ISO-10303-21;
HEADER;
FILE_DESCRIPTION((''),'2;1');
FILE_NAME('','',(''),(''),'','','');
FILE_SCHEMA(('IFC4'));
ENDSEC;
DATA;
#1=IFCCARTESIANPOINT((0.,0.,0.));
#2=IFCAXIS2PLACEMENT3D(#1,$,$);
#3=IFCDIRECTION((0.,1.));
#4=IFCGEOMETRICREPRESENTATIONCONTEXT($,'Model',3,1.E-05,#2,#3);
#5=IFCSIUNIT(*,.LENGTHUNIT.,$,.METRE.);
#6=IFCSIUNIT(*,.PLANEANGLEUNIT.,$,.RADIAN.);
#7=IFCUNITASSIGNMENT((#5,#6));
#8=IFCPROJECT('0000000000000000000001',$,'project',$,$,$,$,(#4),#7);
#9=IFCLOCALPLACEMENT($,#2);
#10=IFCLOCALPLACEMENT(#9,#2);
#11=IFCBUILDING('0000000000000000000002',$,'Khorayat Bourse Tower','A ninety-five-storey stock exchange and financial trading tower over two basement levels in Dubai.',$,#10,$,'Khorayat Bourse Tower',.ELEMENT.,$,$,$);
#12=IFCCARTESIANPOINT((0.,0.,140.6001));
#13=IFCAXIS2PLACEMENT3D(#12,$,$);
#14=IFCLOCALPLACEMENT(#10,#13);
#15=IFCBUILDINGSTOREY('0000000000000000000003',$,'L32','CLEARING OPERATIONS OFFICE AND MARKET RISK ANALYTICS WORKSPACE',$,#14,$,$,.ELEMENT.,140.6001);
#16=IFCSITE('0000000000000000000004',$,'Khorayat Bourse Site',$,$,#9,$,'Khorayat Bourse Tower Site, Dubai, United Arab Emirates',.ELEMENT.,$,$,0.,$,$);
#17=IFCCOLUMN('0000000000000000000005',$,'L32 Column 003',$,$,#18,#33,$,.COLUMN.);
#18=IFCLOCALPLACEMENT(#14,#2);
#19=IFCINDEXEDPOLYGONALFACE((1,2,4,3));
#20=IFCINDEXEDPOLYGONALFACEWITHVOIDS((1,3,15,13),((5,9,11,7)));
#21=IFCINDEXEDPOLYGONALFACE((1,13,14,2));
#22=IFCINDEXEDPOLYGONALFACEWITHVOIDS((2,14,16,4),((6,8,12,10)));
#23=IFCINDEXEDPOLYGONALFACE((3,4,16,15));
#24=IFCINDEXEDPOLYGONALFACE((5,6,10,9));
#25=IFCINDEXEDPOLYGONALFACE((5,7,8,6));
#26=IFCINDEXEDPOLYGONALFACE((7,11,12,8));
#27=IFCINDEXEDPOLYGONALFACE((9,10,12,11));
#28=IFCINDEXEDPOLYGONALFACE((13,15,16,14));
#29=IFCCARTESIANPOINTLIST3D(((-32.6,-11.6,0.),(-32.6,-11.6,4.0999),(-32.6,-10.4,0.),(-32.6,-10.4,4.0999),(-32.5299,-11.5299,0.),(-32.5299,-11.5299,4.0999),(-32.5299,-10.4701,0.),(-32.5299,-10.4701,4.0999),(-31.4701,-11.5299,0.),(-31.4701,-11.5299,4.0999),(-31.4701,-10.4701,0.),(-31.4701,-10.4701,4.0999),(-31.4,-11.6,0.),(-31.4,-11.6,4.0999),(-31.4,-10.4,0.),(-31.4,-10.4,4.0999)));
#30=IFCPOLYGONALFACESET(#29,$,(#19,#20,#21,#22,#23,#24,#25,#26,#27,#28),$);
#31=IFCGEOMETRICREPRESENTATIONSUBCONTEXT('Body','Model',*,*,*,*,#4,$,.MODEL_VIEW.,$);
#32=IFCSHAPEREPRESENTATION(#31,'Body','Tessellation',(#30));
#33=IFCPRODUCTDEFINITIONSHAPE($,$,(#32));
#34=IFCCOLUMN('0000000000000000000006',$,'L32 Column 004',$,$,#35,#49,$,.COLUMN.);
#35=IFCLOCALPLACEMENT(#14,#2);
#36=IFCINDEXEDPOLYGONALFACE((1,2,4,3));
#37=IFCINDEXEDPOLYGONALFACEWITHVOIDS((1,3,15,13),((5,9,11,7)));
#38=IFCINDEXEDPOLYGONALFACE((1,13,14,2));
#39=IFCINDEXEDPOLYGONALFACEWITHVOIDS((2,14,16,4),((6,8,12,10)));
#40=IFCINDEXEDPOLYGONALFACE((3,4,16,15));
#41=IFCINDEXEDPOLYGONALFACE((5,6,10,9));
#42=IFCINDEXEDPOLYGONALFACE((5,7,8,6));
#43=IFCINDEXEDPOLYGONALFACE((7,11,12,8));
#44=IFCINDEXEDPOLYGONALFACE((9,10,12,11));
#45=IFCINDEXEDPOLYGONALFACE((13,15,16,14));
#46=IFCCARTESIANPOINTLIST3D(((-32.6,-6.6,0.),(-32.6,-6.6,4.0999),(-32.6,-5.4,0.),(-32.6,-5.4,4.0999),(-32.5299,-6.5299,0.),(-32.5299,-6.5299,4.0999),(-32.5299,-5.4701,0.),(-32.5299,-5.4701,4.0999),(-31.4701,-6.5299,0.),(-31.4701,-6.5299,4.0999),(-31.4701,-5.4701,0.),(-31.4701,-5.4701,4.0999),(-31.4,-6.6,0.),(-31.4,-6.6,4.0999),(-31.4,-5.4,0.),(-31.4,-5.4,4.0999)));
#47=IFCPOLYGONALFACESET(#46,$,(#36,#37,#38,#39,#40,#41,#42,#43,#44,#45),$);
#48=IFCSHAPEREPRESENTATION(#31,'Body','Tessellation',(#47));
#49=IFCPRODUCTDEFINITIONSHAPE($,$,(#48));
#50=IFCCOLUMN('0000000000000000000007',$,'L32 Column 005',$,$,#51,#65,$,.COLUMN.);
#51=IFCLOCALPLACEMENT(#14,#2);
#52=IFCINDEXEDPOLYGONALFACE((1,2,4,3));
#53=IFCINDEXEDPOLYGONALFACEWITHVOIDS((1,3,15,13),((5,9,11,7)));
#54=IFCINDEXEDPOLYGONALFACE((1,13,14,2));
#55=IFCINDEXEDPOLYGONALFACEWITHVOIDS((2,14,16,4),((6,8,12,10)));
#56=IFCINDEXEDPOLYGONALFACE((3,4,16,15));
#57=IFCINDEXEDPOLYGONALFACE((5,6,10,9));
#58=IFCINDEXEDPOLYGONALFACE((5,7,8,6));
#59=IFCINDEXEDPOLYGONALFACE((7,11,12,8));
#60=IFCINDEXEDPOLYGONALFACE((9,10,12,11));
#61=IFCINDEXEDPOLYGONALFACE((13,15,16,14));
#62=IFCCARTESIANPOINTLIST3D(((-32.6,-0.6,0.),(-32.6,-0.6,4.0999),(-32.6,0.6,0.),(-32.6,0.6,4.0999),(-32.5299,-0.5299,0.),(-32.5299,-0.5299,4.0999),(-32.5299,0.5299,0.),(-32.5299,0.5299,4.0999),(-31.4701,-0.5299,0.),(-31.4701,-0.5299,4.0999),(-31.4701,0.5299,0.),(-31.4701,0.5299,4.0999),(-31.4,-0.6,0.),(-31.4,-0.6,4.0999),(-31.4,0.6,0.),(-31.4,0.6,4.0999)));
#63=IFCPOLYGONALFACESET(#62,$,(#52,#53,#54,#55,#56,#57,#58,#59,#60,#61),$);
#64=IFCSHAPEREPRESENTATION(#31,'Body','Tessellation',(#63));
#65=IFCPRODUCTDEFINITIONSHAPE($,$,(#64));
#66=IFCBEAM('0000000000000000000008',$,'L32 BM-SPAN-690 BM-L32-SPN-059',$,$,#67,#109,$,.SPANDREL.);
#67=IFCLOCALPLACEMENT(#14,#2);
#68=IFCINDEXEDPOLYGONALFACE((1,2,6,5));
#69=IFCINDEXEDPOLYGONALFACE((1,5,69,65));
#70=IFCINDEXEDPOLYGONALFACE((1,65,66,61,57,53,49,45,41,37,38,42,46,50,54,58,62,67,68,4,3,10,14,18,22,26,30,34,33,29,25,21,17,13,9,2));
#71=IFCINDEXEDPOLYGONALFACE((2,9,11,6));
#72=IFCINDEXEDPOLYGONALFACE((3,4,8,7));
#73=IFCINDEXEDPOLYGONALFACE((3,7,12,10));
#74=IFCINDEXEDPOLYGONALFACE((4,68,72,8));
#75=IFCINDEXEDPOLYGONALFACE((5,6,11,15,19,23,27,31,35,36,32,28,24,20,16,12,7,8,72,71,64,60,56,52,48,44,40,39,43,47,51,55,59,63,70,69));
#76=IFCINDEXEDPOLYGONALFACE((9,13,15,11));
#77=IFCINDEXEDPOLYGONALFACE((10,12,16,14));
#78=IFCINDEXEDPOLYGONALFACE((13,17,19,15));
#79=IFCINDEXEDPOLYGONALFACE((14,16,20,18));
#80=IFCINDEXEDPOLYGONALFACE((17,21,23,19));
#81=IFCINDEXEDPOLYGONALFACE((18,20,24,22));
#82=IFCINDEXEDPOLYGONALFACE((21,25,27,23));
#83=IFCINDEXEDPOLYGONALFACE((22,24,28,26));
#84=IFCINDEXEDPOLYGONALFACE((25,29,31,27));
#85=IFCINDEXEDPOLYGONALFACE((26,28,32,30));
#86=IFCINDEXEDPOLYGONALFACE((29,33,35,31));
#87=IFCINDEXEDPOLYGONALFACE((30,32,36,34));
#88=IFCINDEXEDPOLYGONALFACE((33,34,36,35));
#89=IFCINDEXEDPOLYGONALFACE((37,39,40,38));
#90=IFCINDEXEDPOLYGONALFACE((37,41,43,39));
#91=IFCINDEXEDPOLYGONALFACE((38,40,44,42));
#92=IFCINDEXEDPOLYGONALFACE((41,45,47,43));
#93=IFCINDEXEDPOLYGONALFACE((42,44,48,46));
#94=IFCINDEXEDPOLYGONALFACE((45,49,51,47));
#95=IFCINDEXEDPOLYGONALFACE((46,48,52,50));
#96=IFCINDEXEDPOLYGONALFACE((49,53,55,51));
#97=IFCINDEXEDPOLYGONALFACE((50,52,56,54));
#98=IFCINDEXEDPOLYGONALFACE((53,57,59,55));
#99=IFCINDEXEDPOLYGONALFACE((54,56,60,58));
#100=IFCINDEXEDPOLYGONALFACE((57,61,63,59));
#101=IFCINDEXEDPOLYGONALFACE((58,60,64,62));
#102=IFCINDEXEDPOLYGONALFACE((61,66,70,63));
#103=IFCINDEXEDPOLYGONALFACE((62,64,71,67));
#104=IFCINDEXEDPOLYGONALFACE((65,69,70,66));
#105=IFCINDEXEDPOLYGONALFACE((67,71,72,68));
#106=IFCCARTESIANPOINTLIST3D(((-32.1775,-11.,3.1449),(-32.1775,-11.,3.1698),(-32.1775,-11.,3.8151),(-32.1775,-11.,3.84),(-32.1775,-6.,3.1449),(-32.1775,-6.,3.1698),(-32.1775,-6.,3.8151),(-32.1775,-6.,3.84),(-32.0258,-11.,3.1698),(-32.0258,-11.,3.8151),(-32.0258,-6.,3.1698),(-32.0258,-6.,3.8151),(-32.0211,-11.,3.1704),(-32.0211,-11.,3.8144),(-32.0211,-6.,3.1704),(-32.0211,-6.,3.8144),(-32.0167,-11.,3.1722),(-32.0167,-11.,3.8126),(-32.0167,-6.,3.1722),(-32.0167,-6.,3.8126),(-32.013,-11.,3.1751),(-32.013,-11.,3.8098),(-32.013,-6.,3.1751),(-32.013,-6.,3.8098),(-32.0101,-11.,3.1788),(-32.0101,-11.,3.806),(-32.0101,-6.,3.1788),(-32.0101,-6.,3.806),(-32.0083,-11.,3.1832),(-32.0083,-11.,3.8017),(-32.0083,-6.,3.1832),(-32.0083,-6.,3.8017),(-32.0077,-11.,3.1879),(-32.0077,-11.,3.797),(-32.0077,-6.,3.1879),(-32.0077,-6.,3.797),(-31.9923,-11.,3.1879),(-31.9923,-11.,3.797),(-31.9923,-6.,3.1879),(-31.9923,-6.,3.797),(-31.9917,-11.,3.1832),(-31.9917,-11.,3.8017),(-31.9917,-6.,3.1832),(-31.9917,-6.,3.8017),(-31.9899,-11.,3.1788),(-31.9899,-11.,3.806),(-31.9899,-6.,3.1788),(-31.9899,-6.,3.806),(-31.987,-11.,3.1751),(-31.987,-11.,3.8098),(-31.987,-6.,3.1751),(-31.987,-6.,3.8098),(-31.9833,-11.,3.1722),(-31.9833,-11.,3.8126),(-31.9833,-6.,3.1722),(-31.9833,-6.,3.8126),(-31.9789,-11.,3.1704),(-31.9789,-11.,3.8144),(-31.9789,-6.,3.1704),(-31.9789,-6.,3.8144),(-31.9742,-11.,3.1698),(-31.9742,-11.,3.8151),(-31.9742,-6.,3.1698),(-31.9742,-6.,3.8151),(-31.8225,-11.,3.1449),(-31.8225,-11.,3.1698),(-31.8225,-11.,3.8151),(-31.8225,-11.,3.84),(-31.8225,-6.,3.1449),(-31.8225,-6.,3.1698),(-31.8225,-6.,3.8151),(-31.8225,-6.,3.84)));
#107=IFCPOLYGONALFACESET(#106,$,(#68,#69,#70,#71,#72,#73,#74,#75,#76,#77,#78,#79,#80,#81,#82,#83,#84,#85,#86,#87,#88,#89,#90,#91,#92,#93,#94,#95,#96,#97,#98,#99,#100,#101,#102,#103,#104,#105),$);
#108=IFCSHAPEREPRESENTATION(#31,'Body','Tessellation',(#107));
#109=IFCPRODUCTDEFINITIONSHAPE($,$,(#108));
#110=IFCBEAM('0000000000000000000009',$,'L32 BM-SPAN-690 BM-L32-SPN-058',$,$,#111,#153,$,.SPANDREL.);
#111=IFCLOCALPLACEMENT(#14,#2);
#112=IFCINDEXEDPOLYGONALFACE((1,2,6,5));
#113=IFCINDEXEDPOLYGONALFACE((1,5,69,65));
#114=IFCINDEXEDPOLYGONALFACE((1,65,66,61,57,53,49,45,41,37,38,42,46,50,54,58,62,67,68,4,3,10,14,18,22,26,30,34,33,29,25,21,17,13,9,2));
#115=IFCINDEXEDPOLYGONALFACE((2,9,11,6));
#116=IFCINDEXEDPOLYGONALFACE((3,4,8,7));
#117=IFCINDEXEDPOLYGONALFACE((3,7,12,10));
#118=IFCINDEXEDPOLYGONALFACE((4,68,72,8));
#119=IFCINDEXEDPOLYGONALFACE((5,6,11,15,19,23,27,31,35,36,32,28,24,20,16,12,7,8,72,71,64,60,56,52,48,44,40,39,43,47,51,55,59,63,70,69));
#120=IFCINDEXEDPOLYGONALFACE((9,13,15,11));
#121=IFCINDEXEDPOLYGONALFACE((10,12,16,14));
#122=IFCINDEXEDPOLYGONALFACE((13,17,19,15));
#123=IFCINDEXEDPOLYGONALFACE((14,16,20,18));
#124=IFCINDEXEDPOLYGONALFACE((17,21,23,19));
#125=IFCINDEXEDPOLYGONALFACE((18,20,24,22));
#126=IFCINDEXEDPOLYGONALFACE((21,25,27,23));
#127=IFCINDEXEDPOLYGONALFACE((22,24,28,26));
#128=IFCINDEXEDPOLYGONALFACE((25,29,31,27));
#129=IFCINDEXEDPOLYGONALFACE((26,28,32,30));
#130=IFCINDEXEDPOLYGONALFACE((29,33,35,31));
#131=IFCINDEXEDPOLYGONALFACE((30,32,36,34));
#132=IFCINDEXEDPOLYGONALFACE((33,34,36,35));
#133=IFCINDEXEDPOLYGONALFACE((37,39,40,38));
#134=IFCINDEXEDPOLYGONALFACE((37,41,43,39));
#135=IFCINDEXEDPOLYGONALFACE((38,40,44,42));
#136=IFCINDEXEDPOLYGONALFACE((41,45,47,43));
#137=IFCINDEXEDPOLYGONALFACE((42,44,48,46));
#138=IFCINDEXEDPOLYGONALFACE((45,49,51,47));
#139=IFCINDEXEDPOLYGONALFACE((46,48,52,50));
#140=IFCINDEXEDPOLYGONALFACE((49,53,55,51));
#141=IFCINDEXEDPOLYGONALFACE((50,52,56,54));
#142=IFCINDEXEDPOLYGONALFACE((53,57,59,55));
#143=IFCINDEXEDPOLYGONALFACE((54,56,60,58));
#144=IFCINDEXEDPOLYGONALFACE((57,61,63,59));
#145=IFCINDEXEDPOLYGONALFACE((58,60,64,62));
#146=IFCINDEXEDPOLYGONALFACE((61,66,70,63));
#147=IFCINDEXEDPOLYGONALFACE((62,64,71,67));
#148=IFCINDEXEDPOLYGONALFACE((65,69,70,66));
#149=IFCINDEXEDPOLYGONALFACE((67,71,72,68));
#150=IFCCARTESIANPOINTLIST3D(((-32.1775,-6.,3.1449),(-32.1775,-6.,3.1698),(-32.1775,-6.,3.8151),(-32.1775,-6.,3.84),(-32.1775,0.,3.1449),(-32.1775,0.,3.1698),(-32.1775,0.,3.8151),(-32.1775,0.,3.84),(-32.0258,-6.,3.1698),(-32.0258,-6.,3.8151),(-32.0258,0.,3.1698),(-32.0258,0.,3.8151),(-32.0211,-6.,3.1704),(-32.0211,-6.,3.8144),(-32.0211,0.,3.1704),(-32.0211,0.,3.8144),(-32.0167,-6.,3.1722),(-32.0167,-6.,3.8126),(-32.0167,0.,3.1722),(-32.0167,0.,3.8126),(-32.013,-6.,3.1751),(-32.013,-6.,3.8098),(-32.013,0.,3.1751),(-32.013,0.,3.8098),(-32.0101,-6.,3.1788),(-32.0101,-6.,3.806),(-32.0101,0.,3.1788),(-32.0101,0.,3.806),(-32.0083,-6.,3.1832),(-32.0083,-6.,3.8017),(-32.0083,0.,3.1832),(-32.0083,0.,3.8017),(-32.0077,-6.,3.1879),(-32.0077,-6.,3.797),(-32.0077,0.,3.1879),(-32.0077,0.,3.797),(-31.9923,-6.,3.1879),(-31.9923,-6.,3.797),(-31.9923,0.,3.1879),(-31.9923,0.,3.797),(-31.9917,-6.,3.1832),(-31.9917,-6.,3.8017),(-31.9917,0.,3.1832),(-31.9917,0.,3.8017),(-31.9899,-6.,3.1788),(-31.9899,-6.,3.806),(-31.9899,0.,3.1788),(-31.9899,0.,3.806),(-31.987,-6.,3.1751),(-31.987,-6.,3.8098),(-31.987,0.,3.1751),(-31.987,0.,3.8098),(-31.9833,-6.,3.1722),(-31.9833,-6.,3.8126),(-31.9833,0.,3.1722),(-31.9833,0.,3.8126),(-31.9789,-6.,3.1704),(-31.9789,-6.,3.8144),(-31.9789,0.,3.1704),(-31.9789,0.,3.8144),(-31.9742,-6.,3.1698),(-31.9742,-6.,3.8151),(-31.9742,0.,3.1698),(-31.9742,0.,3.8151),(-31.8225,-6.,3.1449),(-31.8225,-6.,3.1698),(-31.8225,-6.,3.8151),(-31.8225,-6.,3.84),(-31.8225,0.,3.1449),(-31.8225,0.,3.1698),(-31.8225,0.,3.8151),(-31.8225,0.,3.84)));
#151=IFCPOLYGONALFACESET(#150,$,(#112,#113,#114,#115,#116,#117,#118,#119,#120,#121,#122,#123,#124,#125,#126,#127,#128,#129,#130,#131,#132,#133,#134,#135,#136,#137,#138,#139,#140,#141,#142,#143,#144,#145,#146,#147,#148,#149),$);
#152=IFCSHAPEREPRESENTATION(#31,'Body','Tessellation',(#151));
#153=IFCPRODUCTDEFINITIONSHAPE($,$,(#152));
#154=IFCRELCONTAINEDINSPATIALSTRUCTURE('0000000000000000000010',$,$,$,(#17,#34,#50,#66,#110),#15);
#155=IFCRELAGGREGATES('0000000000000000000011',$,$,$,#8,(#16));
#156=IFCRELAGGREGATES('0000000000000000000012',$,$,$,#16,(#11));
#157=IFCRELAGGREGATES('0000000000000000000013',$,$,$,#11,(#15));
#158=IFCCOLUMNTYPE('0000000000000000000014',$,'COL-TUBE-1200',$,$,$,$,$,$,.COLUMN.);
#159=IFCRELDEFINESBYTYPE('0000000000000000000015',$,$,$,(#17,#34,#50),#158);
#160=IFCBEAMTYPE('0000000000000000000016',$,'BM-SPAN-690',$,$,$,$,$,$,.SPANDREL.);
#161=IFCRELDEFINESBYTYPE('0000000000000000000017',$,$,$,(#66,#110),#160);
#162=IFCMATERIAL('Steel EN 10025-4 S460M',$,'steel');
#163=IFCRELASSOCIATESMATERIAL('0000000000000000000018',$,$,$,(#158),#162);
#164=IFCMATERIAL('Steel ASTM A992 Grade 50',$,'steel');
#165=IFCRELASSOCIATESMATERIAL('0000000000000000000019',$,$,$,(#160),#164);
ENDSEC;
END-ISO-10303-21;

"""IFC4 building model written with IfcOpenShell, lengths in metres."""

from ifc_helpers import new_model, si_unit, direction, frame, origin, origin_2d, place, context, subcontext, project, spatial, hollow_rectangle, i_section, extrude, source, transform, mapped, material, material_profile, profile_set, type_object, element, save


model = new_model("IFC4")

# Units and contexts
model_context = context("Model", 3, precision=1e-05, world=origin(), true_north=direction((0.0, 1.0)))
body_context = subcontext(model_context, "Body", "Model", "MODEL_VIEW")
ifc_project = project(units=[si_unit("LENGTHUNIT", "METRE"), si_unit("PLANEANGLEUNIT", "RADIAN")], contexts=[model_context])

# Site, building, storey
site_placement = place(None, origin())
site = spatial("IfcSite", under=ifc_project, at=site_placement, Name="Khorayat Bourse Site", LongName="Khorayat Bourse Tower Site, Dubai, United Arab Emirates", CompositionType="ELEMENT", RefElevation=0.0)
building_placement = place(site_placement, origin())
building = spatial("IfcBuilding", under=site, at=building_placement, Name="Khorayat Bourse Tower", Description="A ninety-five-storey stock exchange and financial trading tower over two basement levels in Dubai.", LongName="Khorayat Bourse Tower", CompositionType="ELEMENT")
storey_placement = place(building_placement, frame((0.0, 0.0, 140.6001)))
storey = spatial("IfcBuildingStorey", under=building, at=storey_placement, Name="L32", Description="CLEARING OPERATIONS OFFICE AND MARKET RISK ANALYTICS WORKSPACE", CompositionType="ELEMENT", Elevation=140.6001)

# Columns
ifc_material_1 = material(Name="Steel EN 10025-4 S460M", Category="steel")
ifc_material_profile_1 = material_profile(ifc_material_1, hollow_rectangle(XDim=1.2, YDim=1.2, WallThickness=0.0701, at=origin_2d()), Name="BOX 1200x1200x70")
ifc_profile_set_1 = profile_set([ifc_material_profile_1], Name="Steel EN 10025-4 S460M")
column_type = type_object("IfcColumnType", Name="COL-TUBE-1200", PredefinedType="COLUMN", material=ifc_profile_set_1)
shared_shape_1 = source(origin(), body_context, "Body", "SweptSolid", [
    extrude(hollow_rectangle(XDim=1.2, YDim=1.2, WallThickness=0.0701, at=origin_2d()), origin(), (0.0, 0.0, 1.0), 4.0999),
])
for number, where, z_axis, x_axis, name in (
    (1, (-32.0, -11.0, 0.0), (0.0, 0.0, 1.0), (1.0, 0.0, 0.0), "L32 Column 003"),
    (2, (-32.0, -6.0, 0.0), (0.0, 0.0, 1.0), (1.0, 0.0, 0.0), "L32 Column 004"),
    (3, (-32.0, 0.0, 0.0), (0.0, 0.0, 1.0), (1.0, 0.0, 0.0), "L32 Column 005"),
):
    element("IfcColumn", number, at=place(storey_placement, frame(where, z_axis=z_axis, x_axis=x_axis)), inside=storey, type_object=column_type, Name=name, PredefinedType="COLUMN", context=body_context, shape_type="MappedRepresentation", body=[
        mapped(shared_shape_1, transform((0.0, 0.0, 0.0), scale=1.0)),
    ])

# Beams
ifc_material_2 = material(Name="Steel ASTM A992 Grade 50", Category="steel")
ifc_material_profile_2 = material_profile(ifc_material_2, i_section(OverallWidth=0.355, OverallDepth=0.6951, WebThickness=0.0154, FlangeThickness=0.0249, FilletRadius=0.0181, at=origin_2d()), Name="W690X217")
ifc_profile_set_2 = profile_set([ifc_material_profile_2], Name="Steel ASTM A992 Grade 50")
beam_type_1 = type_object("IfcBeamType", Name="BM-SPAN-690", PredefinedType="SPANDREL", material=ifc_profile_set_2)
shared_shape_2 = source(origin(), body_context, "Body", "SweptSolid", [
    extrude(i_section(OverallWidth=0.355, OverallDepth=0.6951, WebThickness=0.0154, FlangeThickness=0.0249, FilletRadius=0.0181, at=origin_2d()), origin(), (0.0, 0.0, 1.0), 5.0),
])
beam_1_placement = place(storey_placement, frame((-32.0, -11.0, 3.4924), z_axis=(0.0, 1.0, 0.0), x_axis=(-1.0, 0.0, 0.0)))
element("IfcBeam", 4, at=beam_1_placement, inside=storey, type_object=beam_type_1, Name="L32 BM-SPAN-690 BM-L32-SPN-059", PredefinedType="SPANDREL", context=body_context, shape_type="MappedRepresentation", body=[
    mapped(shared_shape_2, transform((0.0, 0.0, 0.0), scale=1.0)),
])
shared_shape_3 = source(origin(), body_context, "Body", "SweptSolid", [
    extrude(i_section(OverallWidth=0.355, OverallDepth=0.6951, WebThickness=0.0154, FlangeThickness=0.0249, FilletRadius=0.0181, at=origin_2d()), origin(), (0.0, 0.0, 1.0), 6.0),
])
beam_2_placement = place(storey_placement, frame((-32.0, -6.0, 3.4924), z_axis=(0.0, 1.0, 0.0), x_axis=(-1.0, 0.0, 0.0)))
element("IfcBeam", 5, at=beam_2_placement, inside=storey, type_object=beam_type_1, Name="L32 BM-SPAN-690 BM-L32-SPN-058", PredefinedType="SPANDREL", context=body_context, shape_type="MappedRepresentation", body=[
    mapped(shared_shape_3, transform((0.0, 0.0, 0.0), scale=1.0)),
])

save(model, "model.ifc")
